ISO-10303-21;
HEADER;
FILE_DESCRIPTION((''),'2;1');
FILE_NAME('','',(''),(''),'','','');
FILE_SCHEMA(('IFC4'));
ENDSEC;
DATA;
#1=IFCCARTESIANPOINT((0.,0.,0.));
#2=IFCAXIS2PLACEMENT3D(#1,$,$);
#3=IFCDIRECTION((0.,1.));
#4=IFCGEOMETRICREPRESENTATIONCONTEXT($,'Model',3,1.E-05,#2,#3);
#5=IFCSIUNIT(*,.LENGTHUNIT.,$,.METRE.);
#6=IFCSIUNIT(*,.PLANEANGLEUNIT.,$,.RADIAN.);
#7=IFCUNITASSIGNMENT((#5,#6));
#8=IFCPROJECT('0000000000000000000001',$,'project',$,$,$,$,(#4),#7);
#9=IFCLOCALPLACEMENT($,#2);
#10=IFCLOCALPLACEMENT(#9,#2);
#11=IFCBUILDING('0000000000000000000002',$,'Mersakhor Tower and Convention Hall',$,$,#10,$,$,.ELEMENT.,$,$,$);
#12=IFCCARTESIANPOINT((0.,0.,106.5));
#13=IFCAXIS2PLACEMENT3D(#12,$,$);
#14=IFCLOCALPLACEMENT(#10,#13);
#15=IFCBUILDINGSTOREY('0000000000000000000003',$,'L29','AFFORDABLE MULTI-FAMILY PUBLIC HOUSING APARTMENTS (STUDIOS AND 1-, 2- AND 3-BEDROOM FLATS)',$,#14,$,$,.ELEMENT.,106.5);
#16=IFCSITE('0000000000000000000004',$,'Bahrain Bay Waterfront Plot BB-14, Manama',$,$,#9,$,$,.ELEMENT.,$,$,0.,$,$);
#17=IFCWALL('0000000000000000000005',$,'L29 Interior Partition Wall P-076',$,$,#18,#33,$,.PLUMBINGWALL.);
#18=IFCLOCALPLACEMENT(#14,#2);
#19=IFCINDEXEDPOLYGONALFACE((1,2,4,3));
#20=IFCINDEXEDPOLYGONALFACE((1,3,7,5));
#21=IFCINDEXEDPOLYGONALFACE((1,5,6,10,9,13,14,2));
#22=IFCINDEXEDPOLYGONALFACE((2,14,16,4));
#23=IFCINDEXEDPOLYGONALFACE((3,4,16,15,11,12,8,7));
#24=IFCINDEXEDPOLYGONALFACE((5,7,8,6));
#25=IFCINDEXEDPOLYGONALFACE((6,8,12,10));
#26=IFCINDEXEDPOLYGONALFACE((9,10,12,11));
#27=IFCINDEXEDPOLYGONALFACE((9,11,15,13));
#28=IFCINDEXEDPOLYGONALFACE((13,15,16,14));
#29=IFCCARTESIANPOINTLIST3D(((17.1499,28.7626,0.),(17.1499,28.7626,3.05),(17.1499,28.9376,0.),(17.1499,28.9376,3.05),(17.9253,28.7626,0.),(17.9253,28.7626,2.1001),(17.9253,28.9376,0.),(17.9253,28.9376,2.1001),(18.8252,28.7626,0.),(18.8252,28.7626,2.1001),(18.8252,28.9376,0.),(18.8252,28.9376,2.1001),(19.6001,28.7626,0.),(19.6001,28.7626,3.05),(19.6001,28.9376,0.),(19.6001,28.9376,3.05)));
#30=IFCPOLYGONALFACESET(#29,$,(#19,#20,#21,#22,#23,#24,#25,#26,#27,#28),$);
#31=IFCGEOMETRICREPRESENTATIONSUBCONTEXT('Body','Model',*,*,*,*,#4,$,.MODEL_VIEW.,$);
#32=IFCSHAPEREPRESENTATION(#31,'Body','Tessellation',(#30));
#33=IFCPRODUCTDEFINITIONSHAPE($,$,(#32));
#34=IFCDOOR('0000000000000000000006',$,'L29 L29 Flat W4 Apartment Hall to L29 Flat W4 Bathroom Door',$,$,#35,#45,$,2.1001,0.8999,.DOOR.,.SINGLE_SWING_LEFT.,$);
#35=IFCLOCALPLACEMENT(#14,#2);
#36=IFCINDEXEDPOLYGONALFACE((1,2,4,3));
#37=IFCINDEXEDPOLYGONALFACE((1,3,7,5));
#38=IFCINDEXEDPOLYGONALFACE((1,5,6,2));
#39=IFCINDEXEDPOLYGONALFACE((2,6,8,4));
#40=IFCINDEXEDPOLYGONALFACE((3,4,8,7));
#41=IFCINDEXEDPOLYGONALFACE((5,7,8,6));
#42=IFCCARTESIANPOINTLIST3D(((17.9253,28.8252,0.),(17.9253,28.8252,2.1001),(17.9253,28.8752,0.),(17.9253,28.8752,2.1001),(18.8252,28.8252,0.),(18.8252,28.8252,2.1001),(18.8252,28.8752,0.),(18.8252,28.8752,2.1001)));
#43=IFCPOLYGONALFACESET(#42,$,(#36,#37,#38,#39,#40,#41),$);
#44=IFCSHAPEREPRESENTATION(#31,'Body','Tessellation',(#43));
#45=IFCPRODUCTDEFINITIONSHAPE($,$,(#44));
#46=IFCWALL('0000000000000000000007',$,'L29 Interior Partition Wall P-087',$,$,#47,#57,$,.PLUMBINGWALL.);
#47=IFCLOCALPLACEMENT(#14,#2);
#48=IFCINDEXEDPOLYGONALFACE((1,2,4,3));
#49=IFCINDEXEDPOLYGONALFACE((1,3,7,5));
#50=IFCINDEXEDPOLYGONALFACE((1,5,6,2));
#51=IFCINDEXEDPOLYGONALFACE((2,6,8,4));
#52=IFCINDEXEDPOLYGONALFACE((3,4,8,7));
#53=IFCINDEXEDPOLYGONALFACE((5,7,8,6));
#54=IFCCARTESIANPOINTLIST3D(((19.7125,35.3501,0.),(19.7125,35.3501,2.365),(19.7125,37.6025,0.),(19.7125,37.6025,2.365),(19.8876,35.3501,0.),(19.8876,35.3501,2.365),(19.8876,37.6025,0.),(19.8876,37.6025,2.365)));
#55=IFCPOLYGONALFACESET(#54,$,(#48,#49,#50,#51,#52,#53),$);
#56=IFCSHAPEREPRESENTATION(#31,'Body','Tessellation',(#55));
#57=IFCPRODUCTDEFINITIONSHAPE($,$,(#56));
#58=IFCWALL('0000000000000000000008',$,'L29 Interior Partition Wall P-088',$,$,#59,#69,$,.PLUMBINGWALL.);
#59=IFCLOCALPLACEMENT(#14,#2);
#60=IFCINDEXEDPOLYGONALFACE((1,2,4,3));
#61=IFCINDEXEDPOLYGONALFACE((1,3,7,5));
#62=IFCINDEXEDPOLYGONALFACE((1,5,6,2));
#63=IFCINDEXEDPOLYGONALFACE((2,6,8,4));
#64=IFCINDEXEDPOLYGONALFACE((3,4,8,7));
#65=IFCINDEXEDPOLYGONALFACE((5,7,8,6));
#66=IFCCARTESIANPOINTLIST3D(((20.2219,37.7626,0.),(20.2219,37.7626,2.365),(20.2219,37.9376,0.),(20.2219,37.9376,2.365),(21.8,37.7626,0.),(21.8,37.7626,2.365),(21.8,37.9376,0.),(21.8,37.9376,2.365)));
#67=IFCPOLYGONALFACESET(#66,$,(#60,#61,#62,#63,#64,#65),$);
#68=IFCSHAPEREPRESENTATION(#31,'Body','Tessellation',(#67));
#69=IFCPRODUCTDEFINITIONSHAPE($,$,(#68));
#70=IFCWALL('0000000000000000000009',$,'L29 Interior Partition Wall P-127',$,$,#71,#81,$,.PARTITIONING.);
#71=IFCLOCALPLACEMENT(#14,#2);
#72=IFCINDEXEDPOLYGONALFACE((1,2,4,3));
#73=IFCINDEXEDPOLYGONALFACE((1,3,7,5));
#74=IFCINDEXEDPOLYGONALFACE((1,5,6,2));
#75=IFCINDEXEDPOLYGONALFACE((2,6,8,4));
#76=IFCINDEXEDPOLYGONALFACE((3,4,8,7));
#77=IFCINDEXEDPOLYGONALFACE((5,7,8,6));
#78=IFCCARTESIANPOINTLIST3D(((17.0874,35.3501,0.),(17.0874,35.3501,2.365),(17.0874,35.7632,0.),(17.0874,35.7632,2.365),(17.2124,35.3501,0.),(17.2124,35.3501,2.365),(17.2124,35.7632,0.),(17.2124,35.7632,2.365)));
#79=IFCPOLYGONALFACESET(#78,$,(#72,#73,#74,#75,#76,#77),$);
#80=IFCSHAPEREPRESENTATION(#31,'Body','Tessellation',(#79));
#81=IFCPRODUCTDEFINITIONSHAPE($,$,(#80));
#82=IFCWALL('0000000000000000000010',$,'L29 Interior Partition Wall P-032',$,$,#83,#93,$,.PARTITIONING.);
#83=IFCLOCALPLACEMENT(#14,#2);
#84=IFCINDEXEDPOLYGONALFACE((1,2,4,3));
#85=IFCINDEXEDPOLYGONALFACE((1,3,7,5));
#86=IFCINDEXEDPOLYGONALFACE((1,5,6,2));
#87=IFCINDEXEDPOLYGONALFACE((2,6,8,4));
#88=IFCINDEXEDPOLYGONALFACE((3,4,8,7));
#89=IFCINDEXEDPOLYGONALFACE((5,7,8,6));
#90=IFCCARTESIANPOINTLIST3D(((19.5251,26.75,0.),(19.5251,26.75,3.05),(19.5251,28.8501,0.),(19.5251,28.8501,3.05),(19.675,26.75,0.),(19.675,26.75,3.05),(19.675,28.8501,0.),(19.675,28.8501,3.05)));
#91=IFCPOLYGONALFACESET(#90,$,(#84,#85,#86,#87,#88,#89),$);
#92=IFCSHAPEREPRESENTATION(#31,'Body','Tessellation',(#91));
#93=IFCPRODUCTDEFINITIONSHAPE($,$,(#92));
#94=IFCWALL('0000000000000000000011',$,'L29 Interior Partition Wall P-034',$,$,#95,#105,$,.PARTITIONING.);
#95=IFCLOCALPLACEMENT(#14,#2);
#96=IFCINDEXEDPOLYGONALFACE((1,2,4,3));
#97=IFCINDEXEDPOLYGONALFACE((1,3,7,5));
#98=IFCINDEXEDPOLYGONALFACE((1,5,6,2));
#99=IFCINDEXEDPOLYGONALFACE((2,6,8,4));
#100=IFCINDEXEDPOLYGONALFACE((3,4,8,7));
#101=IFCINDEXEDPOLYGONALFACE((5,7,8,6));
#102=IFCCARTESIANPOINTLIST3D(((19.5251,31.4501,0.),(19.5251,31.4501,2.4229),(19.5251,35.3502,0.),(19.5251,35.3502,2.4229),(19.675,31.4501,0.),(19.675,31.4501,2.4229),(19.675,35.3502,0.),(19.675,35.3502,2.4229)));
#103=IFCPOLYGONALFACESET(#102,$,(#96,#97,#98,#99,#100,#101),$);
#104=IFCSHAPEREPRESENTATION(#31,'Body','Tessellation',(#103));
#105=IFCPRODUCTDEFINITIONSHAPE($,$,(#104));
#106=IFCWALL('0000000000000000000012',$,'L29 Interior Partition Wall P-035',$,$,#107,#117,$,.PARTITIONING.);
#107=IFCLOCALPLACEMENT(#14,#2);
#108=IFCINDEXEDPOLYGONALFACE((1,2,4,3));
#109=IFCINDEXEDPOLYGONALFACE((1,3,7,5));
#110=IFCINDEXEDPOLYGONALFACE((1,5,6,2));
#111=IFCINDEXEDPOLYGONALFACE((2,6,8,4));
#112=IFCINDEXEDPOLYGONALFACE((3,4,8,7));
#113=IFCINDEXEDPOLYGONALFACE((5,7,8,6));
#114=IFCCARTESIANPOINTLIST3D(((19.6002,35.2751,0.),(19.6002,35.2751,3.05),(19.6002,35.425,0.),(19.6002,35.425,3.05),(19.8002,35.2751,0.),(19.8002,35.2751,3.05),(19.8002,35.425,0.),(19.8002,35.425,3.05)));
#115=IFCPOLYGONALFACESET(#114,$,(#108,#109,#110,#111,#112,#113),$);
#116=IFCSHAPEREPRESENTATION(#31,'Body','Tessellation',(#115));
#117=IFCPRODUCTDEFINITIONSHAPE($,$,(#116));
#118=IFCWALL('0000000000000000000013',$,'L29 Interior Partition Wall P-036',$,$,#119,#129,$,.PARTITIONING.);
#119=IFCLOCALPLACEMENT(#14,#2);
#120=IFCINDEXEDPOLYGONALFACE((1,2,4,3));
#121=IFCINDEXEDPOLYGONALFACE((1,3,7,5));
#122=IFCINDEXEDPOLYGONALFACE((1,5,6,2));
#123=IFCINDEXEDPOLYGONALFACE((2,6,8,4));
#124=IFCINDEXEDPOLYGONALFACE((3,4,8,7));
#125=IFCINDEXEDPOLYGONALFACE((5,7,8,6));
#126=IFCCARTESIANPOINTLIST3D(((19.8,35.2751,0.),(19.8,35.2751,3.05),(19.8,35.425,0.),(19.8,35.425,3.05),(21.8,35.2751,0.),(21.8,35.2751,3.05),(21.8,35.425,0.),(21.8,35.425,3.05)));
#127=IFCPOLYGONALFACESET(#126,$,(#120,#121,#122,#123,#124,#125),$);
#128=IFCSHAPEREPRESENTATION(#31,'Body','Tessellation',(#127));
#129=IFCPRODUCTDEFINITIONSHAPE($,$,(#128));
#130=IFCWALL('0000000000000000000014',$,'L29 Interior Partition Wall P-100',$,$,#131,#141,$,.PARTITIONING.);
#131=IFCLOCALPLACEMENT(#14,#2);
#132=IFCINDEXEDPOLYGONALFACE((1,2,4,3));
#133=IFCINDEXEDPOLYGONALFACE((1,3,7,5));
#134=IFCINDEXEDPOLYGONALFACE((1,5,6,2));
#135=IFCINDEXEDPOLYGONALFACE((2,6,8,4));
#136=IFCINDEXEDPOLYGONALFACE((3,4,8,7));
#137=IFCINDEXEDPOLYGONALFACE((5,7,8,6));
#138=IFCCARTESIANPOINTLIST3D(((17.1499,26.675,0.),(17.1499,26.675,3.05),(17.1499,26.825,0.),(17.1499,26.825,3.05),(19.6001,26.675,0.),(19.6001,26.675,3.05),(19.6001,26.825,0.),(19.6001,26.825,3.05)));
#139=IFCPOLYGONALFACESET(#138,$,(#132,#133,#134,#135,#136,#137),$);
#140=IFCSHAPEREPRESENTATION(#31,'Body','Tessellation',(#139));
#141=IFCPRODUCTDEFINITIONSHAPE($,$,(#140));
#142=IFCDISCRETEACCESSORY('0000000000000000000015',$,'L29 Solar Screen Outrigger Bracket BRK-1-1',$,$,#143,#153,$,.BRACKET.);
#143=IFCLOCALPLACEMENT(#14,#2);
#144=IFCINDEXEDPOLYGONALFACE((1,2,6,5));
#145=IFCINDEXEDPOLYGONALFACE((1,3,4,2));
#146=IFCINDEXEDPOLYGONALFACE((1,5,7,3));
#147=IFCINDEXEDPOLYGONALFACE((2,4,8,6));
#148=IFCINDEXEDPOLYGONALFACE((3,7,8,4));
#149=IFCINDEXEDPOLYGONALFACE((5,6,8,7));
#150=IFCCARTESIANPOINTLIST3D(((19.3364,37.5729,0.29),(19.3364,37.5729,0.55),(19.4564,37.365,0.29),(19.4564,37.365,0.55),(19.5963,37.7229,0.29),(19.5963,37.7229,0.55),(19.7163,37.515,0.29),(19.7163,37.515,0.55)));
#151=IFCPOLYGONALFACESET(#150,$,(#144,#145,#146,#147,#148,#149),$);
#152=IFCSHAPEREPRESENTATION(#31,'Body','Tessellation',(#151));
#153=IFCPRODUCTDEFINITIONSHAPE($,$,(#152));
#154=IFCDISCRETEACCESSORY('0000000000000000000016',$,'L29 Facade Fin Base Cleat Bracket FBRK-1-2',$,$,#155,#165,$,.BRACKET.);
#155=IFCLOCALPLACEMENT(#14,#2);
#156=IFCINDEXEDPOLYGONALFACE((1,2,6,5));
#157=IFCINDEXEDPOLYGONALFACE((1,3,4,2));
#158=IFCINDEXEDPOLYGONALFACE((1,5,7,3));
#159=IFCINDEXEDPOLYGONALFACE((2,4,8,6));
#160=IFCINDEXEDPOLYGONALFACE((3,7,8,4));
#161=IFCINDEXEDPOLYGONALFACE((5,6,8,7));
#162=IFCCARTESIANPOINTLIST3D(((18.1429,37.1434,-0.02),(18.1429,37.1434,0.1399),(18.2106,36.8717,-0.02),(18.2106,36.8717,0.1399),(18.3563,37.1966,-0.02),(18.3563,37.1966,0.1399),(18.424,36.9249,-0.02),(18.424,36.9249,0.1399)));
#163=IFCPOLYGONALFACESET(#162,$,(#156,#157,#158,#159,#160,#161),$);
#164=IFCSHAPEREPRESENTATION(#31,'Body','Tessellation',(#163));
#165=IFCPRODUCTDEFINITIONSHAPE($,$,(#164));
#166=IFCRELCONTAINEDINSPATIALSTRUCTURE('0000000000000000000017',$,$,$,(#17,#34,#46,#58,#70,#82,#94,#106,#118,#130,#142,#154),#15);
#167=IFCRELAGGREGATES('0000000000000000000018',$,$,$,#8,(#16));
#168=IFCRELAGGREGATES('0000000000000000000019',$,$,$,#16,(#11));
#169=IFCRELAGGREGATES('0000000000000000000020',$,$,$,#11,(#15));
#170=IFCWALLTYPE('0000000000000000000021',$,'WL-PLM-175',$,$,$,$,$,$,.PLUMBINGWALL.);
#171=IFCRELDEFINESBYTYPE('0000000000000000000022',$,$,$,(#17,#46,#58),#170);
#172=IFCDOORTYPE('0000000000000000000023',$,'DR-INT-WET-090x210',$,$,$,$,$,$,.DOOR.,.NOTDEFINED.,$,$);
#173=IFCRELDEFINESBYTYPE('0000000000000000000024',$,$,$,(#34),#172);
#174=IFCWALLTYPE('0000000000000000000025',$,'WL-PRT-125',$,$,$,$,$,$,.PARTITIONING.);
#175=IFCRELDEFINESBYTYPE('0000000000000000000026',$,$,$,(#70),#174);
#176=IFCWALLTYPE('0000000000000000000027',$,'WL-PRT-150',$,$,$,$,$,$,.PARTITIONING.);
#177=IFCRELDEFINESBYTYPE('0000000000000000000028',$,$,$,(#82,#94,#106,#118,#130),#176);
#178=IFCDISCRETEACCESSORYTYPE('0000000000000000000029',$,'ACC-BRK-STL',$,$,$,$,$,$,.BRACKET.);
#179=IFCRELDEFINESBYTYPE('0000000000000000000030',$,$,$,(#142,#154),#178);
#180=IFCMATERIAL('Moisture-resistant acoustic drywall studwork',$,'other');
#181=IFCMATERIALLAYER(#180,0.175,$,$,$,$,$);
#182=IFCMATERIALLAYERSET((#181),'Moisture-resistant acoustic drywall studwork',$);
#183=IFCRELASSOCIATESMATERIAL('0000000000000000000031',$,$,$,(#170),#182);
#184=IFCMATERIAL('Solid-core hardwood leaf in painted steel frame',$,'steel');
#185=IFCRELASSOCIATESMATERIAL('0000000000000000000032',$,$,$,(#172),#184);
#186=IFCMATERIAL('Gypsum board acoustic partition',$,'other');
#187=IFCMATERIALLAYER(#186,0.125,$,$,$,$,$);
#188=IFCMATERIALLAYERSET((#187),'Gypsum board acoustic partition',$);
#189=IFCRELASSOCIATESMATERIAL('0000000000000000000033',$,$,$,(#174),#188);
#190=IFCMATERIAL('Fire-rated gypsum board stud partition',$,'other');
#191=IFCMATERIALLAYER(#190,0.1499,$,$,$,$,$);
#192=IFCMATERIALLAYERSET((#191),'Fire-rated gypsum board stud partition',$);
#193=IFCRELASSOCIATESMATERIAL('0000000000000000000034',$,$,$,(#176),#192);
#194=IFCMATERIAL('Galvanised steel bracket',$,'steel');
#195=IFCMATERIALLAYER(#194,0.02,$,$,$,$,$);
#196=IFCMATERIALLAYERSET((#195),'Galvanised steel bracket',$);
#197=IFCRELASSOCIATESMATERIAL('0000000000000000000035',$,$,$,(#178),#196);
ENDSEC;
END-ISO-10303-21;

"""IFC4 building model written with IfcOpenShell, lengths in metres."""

from ifc_helpers import new_model, si_unit, direction, frame, frame_2d, origin, origin_2d, place, context, subcontext, project, spatial, rectangle, extrude, material, layer, layer_set, type_object, element, fill, save


model = new_model("IFC4")

# Units and contexts
model_context = context("Model", 3, precision=1e-05, world=origin(), true_north=direction((0.0, 1.0)))
body_context = subcontext(model_context, "Body", "Model", "MODEL_VIEW")
ifc_project = project(units=[si_unit("LENGTHUNIT", "METRE"), si_unit("PLANEANGLEUNIT", "RADIAN")], contexts=[model_context])

# Site, building, storey
site_placement = place(None, origin())
site = spatial("IfcSite", under=ifc_project, at=site_placement, Name="Bahrain Bay Waterfront Plot BB-14, Manama", CompositionType="ELEMENT", RefElevation=0.0)
building_placement = place(site_placement, origin())
building = spatial("IfcBuilding", under=site, at=building_placement, Name="Mersakhor Tower and Convention Hall", CompositionType="ELEMENT")
storey_placement = place(building_placement, frame((0.0, 0.0, 106.5)))
storey = spatial("IfcBuildingStorey", under=building, at=storey_placement, Name="L29", Description="AFFORDABLE MULTI-FAMILY PUBLIC HOUSING APARTMENTS (STUDIOS AND 1-, 2- AND 3-BEDROOM FLATS)", CompositionType="ELEMENT", Elevation=106.5)

# Wall, opening, door
ifc_material_1 = material(Name="Moisture-resistant acoustic drywall studwork", Category="other")
ifc_layer_1 = layer(ifc_material_1, 0.175)
ifc_layer_set_1 = layer_set([ifc_layer_1], Name="Moisture-resistant acoustic drywall studwork")
wall_type_1 = type_object("IfcWallType", Name="WL-PLM-175", PredefinedType="PLUMBINGWALL", material=ifc_layer_set_1)
wall_1_placement = place(storey_placement, frame((19.6001, 28.8501, 0.0), z_axis=(0.0, 0.0, 1.0), x_axis=(-1.0, 0.0, 0.0)))
wall_1 = element("IfcWall", 1, at=wall_1_placement, inside=storey, type_object=wall_type_1, Name="L29 Interior Partition Wall P-076", PredefinedType="PLUMBINGWALL", context=body_context, shape_type="SweptSolid", body=[
    extrude(rectangle(XDim=2.4502, YDim=0.175, at=frame_2d((1.2251, 0.0))), origin(), (0.0, 0.0, 1.0), 3.05),
])
opening_1_placement = place(wall_1_placement, frame((0.7749, 0.0, 0.0)))
opening_1 = element("IfcOpeningElement", 2, at=opening_1_placement, cuts=wall_1, PredefinedType="OPENING", context=body_context, shape_type="SweptSolid", body=[
    extrude(rectangle(XDim=0.8999, YDim=2.1001, at=frame_2d((0.45, 1.05))), frame((0.0, 0.0974, 0.0), z_axis=(0.0, -1.0, 0.0), x_axis=(1.0, 0.0, 0.0)), (0.0, 0.0, 1.0), 0.1951),
])
ifc_material_2 = material(Name="Solid-core hardwood leaf in painted steel frame", Category="steel")
door_type_1 = type_object("IfcDoorType", Name="DR-INT-WET-090x210", OperationType="NOTDEFINED", PredefinedType="DOOR", material=ifc_material_2)
door_1_placement = place(opening_1_placement, origin())
door_1 = element("IfcDoor", 3, at=door_1_placement, inside=storey, type_object=door_type_1, Name="L29 L29 Flat W4 Apartment Hall to L29 Flat W4 Bathroom Door", OperationType="SINGLE_SWING_LEFT", OverallHeight=2.1001, OverallWidth=0.8999, PredefinedType="DOOR", context=body_context, shape_type="SweptSolid", body=[
    extrude(rectangle(XDim=0.8999, YDim=2.1001, at=frame_2d((0.45, 1.05))), frame((0.0, 0.0249, 0.0), z_axis=(0.0, -1.0, 0.0), x_axis=(1.0, 0.0, 0.0)), (0.0, 0.0, 1.0), 0.05),
])
fill(opening_1, door_1)

# Walls
wall_2_placement = place(storey_placement, frame((19.8, 35.3501, 0.0), z_axis=(0.0, 0.0, 1.0), x_axis=(0.0, 1.0, 0.0)))
element("IfcWall", 4, at=wall_2_placement, inside=storey, type_object=wall_type_1, Name="L29 Interior Partition Wall P-087", PredefinedType="PLUMBINGWALL", context=body_context, shape_type="SweptSolid", body=[
    extrude(rectangle(XDim=2.2524, YDim=0.175, at=frame_2d((1.1262, 0.0))), origin(), (0.0, 0.0, 1.0), 2.365),
])
wall_3_placement = place(storey_placement, frame((20.2219, 37.8501, 0.0), z_axis=(0.0, 0.0, 1.0), x_axis=(1.0, 0.0, 0.0)))
element("IfcWall", 5, at=wall_3_placement, inside=storey, type_object=wall_type_1, Name="L29 Interior Partition Wall P-088", PredefinedType="PLUMBINGWALL", context=body_context, shape_type="SweptSolid", body=[
    extrude(rectangle(XDim=1.5781, YDim=0.175, at=frame_2d((0.7891, 0.0))), origin(), (0.0, 0.0, 1.0), 2.365),
])
ifc_material_3 = material(Name="Gypsum board acoustic partition", Category="other")
ifc_layer_2 = layer(ifc_material_3, 0.125)
ifc_layer_set_2 = layer_set([ifc_layer_2], Name="Gypsum board acoustic partition")
wall_type_2 = type_object("IfcWallType", Name="WL-PRT-125", PredefinedType="PARTITIONING", material=ifc_layer_set_2)
wall_4_placement = place(storey_placement, frame((17.1499, 35.7632, 0.0), z_axis=(0.0, 0.0, 1.0), x_axis=(0.0, -1.0, 0.0)))
element("IfcWall", 6, at=wall_4_placement, inside=storey, type_object=wall_type_2, Name="L29 Interior Partition Wall P-127", PredefinedType="PARTITIONING", context=body_context, shape_type="SweptSolid", body=[
    extrude(rectangle(XDim=0.4131, YDim=0.125, at=frame_2d((0.2065, 0.0))), origin(), (0.0, 0.0, 1.0), 2.365),
])
ifc_material_4 = material(Name="Fire-rated gypsum board stud partition", Category="other")
ifc_layer_3 = layer(ifc_material_4, 0.1499)
ifc_layer_set_3 = layer_set([ifc_layer_3], Name="Fire-rated gypsum board stud partition")
wall_type_3 = type_object("IfcWallType", Name="WL-PRT-150", PredefinedType="PARTITIONING", material=ifc_layer_set_3)
wall_5_placement = place(storey_placement, frame((19.6001, 26.75, 0.0), z_axis=(0.0, 0.0, 1.0), x_axis=(0.0, 1.0, 0.0)))
element("IfcWall", 7, at=wall_5_placement, inside=storey, type_object=wall_type_3, Name="L29 Interior Partition Wall P-032", PredefinedType="PARTITIONING", context=body_context, shape_type="SweptSolid", body=[
    extrude(rectangle(XDim=2.1001, YDim=0.1499, at=frame_2d((1.05, 0.0))), origin(), (0.0, 0.0, 1.0), 3.05),
])

# Walls
wall_6_placement = place(storey_placement, frame((19.6001, 31.45, 0.0), z_axis=(0.0, 0.0, 1.0), x_axis=(0.0, 1.0, 0.0)))
element("IfcWall", 8, at=wall_6_placement, inside=storey, type_object=wall_type_3, Name="L29 Interior Partition Wall P-034", PredefinedType="PARTITIONING", context=body_context, shape_type="SweptSolid", body=[
    extrude(rectangle(XDim=3.9001, YDim=0.1499, at=frame_2d((1.9502, 0.0))), origin(), (0.0, 0.0, 1.0), 2.4229),
])
wall_7_placement = place(storey_placement, frame((19.6001, 35.3501, 0.0), z_axis=(0.0, 0.0, 1.0), x_axis=(1.0, 0.0, 0.0)))
element("IfcWall", 9, at=wall_7_placement, inside=storey, type_object=wall_type_3, Name="L29 Interior Partition Wall P-035", PredefinedType="PARTITIONING", context=body_context, shape_type="SweptSolid", body=[
    extrude(rectangle(XDim=0.2, YDim=0.1499, at=frame_2d((0.1001, 0.0))), origin(), (0.0, 0.0, 1.0), 3.05),
])
wall_8_placement = place(storey_placement, frame((19.8, 35.3501, 0.0), z_axis=(0.0, 0.0, 1.0), x_axis=(1.0, 0.0, 0.0)))
element("IfcWall", 10, at=wall_8_placement, inside=storey, type_object=wall_type_3, Name="L29 Interior Partition Wall P-036", PredefinedType="PARTITIONING", context=body_context, shape_type="SweptSolid", body=[
    extrude(rectangle(XDim=2.0, YDim=0.1499, at=frame_2d((1.0, 0.0))), origin(), (0.0, 0.0, 1.0), 3.05),
])
wall_9_placement = place(storey_placement, frame((19.6001, 26.75, 0.0), z_axis=(0.0, 0.0, 1.0), x_axis=(-1.0, 0.0, 0.0)))
element("IfcWall", 11, at=wall_9_placement, inside=storey, type_object=wall_type_3, Name="L29 Interior Partition Wall P-100", PredefinedType="PARTITIONING", context=body_context, shape_type="SweptSolid", body=[
    extrude(rectangle(XDim=2.4502, YDim=0.1499, at=frame_2d((1.2251, 0.0))), origin(), (0.0, 0.0, 1.0), 3.05),
])

# Discrete accessories
ifc_material_5 = material(Name="Galvanised steel bracket", Category="steel")
ifc_layer_4 = layer(ifc_material_5, 0.02)
ifc_layer_set_4 = layer_set([ifc_layer_4], Name="Galvanised steel bracket")
discrete_accessory_type = type_object("IfcDiscreteAccessoryType", Name="ACC-BRK-STL", PredefinedType="BRACKET", material=ifc_layer_set_4)
discrete_accessory_1_placement = place(storey_placement, frame((19.5264, 37.5439, 0.29), z_axis=(0.0, 0.0, 1.0), x_axis=(0.866025, 0.5, 0.0)))
element("IfcDiscreteAccessory", 12, at=discrete_accessory_1_placement, inside=storey, type_object=discrete_accessory_type, Name="L29 Solar Screen Outrigger Bracket BRK-1-1", PredefinedType="BRACKET", context=body_context, shape_type="SweptSolid", body=[
    extrude(rectangle(XDim=0.3, YDim=0.24, at=origin_2d()), origin(), (0.0, 0.0, 1.0), 0.26),
])
discrete_accessory_2_placement = place(storey_placement, frame((18.2834, 37.0342, -0.02), z_axis=(0.0, 0.0, 1.0), x_axis=(-0.241922, 0.970296, 0.0)))
element("IfcDiscreteAccessory", 13, at=discrete_accessory_2_placement, inside=storey, type_object=discrete_accessory_type, Name="L29 Facade Fin Base Cleat Bracket FBRK-1-2", PredefinedType="BRACKET", context=body_context, shape_type="SweptSolid", body=[
    extrude(rectangle(XDim=0.28, YDim=0.22, at=origin_2d()), origin(), (0.0, 0.0, 1.0), 0.1599),
])

save(model, "model.ifc")
